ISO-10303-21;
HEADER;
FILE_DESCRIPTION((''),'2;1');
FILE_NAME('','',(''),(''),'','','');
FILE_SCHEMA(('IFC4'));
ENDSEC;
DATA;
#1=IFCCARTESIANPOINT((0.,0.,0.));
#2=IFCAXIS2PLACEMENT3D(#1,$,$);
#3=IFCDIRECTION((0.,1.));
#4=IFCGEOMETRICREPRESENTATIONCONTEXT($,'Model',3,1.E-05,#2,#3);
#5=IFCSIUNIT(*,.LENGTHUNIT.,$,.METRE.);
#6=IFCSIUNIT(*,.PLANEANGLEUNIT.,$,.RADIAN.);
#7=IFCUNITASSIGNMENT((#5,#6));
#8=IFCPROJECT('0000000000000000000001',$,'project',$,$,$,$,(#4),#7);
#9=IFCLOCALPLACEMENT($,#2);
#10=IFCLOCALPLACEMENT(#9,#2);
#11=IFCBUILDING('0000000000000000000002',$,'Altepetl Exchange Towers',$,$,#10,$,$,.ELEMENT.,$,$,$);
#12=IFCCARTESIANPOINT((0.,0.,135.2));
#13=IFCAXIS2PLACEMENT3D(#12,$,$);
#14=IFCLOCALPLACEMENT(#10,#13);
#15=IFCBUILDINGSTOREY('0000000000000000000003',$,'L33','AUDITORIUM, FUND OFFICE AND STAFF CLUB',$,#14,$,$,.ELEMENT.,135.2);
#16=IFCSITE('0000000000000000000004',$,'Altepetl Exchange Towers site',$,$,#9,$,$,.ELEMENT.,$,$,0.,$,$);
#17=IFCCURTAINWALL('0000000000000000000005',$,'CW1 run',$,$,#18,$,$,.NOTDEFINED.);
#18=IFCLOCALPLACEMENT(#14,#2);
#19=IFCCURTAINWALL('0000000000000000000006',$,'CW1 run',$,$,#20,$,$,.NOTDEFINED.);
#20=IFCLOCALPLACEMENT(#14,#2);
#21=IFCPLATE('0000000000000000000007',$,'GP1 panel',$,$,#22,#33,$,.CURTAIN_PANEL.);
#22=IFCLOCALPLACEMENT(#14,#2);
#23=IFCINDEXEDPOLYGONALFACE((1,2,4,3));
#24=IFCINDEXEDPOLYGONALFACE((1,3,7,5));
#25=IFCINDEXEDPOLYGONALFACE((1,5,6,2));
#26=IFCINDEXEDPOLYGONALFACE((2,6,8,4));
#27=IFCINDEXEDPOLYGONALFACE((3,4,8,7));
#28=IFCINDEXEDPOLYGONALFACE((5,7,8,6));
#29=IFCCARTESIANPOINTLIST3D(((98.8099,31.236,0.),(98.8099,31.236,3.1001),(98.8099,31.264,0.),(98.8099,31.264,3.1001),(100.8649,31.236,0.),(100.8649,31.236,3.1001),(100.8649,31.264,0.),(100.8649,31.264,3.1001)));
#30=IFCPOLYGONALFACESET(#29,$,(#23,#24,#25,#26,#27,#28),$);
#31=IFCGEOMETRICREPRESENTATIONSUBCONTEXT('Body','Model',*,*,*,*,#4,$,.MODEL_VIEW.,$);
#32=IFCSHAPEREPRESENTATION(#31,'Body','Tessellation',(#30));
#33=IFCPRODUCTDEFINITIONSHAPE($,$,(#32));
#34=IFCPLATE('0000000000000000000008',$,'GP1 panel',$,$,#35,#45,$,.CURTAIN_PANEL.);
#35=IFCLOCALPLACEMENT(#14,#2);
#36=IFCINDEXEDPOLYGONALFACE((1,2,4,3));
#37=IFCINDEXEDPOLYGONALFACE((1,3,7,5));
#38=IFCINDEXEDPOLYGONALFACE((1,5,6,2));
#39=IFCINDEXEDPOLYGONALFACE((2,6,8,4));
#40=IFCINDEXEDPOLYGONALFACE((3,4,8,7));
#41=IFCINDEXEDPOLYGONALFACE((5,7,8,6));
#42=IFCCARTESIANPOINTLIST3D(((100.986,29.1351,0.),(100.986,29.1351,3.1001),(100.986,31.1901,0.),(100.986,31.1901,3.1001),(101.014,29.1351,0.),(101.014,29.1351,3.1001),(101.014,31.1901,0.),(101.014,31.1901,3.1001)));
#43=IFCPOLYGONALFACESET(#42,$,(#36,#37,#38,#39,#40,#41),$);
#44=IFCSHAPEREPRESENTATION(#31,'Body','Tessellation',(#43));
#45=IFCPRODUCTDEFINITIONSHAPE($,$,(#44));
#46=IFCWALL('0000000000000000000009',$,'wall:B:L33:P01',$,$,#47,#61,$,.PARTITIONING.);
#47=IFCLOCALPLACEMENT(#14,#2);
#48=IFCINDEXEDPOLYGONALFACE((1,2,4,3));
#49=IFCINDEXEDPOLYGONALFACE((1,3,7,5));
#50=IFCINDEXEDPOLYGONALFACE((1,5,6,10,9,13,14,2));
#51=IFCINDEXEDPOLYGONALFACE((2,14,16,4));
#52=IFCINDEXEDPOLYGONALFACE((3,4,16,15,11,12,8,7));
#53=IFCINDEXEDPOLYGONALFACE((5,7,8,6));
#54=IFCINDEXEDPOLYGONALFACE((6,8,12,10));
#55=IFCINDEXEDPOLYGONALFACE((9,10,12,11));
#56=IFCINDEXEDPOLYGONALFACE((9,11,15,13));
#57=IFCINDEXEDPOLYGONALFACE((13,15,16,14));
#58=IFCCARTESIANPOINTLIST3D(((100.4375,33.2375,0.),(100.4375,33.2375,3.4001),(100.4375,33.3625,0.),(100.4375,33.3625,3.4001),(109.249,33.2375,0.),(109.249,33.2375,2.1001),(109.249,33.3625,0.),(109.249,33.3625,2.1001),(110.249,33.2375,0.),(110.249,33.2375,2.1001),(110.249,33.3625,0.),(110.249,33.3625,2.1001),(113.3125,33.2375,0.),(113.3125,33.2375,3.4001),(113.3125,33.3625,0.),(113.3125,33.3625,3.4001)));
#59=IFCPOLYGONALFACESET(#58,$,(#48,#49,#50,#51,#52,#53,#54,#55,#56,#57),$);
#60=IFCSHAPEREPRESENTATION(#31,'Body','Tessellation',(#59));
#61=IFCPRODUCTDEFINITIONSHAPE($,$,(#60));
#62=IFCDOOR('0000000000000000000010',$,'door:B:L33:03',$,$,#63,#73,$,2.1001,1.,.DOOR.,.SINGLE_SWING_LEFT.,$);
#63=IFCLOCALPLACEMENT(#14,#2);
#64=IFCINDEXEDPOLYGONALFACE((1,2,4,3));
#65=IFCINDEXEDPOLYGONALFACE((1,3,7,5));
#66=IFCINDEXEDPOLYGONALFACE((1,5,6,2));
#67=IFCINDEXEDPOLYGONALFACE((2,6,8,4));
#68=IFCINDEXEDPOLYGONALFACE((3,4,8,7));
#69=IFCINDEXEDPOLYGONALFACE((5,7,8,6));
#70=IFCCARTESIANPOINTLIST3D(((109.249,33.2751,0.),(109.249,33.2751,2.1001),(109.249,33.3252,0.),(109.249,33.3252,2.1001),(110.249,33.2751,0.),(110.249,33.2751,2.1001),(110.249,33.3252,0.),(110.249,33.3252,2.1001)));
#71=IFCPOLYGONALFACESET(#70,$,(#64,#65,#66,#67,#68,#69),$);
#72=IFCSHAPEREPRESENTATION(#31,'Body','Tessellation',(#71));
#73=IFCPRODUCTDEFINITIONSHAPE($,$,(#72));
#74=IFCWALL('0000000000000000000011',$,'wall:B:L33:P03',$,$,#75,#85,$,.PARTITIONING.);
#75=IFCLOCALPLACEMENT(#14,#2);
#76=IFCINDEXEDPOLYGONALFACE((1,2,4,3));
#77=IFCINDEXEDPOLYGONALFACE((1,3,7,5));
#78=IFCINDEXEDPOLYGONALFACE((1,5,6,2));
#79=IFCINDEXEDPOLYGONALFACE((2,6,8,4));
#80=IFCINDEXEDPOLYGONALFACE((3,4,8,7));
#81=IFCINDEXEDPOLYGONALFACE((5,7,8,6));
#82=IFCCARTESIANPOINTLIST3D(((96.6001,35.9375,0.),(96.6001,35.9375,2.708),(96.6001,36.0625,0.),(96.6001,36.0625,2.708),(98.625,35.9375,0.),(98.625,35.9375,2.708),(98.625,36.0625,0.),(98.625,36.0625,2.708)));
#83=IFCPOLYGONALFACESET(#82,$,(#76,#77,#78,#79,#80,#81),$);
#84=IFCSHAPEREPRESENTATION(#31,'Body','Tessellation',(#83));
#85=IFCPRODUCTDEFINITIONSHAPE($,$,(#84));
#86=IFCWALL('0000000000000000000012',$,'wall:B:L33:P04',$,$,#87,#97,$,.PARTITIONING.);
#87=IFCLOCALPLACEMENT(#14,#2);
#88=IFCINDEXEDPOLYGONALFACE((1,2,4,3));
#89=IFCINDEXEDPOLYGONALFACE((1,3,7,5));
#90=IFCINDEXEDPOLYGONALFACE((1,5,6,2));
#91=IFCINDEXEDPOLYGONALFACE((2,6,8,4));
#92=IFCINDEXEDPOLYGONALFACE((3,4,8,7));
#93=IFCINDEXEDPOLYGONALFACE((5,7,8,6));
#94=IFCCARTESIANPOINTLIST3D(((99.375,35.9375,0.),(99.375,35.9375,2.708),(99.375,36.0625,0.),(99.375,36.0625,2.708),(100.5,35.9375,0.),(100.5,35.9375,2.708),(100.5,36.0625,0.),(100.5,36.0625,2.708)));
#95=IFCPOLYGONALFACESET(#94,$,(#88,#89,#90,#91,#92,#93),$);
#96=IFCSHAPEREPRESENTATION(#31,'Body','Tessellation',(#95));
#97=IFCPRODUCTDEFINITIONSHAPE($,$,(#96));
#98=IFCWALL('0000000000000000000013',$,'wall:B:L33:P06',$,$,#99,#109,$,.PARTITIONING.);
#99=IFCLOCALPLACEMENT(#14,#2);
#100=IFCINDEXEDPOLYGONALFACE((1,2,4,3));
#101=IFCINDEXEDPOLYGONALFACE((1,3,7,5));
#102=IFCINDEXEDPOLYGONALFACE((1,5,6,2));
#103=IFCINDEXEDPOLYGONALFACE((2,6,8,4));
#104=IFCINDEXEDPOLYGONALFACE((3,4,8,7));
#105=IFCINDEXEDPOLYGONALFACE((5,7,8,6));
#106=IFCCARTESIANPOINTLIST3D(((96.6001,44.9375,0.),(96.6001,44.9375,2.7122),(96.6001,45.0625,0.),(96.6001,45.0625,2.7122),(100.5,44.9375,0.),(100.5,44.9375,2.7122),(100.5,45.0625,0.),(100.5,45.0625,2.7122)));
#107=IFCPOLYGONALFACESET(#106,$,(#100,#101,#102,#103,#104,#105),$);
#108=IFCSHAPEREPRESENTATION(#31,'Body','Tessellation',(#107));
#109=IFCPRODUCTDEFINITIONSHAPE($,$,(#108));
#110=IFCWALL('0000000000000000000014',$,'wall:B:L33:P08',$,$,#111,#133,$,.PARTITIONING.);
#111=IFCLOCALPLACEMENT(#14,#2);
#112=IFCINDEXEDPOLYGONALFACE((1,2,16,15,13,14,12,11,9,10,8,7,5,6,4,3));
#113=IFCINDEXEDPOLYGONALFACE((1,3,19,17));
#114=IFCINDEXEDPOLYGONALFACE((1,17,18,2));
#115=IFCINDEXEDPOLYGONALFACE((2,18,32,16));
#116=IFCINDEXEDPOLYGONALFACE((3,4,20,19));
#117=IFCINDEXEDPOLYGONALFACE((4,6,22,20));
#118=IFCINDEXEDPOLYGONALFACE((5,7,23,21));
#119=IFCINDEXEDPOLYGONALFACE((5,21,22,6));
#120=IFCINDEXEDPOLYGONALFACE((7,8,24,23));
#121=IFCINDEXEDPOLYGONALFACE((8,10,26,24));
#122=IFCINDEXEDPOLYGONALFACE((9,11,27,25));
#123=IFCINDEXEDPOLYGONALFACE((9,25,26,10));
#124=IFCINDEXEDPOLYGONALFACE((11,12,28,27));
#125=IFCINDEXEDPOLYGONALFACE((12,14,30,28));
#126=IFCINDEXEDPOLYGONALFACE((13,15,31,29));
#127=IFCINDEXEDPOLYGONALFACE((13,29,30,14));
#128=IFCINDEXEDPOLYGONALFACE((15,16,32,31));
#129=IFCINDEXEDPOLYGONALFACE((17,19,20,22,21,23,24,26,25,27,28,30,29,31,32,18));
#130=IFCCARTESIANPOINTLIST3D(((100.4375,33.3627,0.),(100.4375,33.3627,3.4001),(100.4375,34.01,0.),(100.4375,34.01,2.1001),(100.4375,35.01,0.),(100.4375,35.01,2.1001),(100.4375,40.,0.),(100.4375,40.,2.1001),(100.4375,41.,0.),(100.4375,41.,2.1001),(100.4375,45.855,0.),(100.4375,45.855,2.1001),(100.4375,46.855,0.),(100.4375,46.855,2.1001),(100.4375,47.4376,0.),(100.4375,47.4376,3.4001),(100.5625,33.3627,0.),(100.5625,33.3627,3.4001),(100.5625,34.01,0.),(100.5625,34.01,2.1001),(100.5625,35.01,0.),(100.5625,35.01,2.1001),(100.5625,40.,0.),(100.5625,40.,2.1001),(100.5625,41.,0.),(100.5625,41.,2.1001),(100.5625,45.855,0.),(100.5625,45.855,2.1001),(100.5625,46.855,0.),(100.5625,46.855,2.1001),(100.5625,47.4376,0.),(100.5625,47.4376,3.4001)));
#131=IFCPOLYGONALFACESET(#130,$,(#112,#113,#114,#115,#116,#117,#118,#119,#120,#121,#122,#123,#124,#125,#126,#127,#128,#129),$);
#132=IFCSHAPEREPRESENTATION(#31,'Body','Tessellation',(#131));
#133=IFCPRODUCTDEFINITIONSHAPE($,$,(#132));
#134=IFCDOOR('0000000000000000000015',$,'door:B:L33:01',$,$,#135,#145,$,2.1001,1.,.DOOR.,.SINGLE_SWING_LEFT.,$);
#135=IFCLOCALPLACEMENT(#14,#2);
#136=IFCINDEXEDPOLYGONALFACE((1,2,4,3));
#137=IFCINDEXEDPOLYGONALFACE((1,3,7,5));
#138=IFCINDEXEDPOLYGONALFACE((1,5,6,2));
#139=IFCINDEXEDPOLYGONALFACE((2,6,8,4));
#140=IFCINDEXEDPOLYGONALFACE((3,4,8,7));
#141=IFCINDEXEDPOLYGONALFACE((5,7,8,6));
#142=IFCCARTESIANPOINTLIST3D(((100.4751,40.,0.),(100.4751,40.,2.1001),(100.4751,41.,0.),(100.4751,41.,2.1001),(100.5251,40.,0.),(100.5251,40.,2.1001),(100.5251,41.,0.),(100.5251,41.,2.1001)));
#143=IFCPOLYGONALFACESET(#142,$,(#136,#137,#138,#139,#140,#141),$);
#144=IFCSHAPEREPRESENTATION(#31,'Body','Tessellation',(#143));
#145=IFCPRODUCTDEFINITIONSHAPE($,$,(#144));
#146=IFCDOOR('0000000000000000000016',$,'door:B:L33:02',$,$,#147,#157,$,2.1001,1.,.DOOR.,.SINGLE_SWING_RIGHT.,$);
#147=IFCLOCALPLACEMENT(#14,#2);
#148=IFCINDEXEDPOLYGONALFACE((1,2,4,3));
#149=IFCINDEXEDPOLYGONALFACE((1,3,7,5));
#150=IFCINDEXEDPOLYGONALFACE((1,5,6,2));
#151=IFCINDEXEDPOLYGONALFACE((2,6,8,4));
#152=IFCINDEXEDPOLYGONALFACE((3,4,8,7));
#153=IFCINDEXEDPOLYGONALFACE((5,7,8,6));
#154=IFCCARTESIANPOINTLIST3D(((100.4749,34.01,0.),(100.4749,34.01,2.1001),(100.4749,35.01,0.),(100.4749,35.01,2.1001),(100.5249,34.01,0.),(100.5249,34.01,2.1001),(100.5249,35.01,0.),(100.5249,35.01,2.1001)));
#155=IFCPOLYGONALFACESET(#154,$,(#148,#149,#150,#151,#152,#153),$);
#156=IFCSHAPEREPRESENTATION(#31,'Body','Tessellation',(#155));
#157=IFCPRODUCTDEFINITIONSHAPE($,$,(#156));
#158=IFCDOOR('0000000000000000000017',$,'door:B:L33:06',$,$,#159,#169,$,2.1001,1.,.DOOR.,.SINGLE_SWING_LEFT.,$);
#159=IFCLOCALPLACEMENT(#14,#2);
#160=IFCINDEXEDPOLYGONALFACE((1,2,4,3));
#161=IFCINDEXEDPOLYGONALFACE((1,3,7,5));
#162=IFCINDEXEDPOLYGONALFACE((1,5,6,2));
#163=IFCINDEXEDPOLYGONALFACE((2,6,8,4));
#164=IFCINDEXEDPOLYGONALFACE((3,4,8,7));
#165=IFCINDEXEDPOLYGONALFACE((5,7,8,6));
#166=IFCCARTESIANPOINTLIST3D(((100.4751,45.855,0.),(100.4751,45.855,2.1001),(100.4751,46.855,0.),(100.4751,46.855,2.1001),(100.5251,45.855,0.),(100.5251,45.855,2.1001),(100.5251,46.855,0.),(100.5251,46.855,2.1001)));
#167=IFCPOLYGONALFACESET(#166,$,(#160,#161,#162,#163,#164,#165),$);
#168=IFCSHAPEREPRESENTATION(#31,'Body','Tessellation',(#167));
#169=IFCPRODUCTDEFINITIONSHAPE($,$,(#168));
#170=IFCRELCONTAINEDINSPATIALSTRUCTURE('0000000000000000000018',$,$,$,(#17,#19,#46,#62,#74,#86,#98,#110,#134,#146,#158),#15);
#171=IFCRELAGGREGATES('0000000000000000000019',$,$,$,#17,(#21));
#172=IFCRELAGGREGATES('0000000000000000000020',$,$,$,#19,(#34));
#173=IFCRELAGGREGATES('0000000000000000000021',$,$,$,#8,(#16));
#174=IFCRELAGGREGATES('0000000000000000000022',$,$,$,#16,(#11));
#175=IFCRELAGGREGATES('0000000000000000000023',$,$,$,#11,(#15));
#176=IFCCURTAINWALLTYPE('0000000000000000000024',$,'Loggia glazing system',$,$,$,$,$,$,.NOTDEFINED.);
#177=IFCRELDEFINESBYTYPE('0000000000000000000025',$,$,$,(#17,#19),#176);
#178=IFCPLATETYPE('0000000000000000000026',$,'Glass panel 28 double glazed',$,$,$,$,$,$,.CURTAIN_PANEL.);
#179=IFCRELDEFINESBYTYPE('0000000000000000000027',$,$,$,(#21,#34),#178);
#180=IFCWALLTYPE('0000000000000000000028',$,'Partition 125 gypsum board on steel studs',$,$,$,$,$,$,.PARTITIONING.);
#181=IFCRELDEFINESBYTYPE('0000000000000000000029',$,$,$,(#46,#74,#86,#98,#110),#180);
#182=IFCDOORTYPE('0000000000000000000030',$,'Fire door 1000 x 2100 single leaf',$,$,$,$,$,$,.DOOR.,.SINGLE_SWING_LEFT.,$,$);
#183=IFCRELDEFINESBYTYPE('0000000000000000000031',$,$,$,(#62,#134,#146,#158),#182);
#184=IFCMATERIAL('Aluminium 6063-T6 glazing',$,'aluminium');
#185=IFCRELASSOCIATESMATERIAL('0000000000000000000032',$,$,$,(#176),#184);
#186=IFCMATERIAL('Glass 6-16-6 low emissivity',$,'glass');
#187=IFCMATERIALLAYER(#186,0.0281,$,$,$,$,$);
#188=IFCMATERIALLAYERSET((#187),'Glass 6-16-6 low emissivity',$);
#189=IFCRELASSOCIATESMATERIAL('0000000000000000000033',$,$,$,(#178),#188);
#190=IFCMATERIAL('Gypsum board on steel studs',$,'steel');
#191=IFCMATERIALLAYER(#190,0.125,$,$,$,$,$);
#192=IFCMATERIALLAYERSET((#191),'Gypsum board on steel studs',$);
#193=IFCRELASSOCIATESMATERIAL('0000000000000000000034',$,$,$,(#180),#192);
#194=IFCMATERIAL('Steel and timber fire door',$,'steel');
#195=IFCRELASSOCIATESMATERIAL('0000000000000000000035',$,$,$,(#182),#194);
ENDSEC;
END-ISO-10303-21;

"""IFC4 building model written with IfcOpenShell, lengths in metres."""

from ifc_helpers import new_model, si_unit, direction, frame, frame_2d, origin, origin_2d, place, context, subcontext, project, spatial, rectangle, extrude, material, layer, layer_set, type_object, element, fill, aggregate, save


model = new_model("IFC4")

# Units and contexts
model_context = context("Model", 3, precision=1e-05, world=origin(), true_north=direction((0.0, 1.0)))
body_context = subcontext(model_context, "Body", "Model", "MODEL_VIEW")
ifc_project = project(units=[si_unit("LENGTHUNIT", "METRE"), si_unit("PLANEANGLEUNIT", "RADIAN")], contexts=[model_context])

# Site, building, storey
site_placement = place(None, origin())
site = spatial("IfcSite", under=ifc_project, at=site_placement, Name="Altepetl Exchange Towers site", CompositionType="ELEMENT", RefElevation=0.0)
building_placement = place(site_placement, origin())
building = spatial("IfcBuilding", under=site, at=building_placement, Name="Altepetl Exchange Towers", CompositionType="ELEMENT")
storey_placement = place(building_placement, frame((0.0, 0.0, 135.2)))
storey = spatial("IfcBuildingStorey", under=building, at=storey_placement, Name="L33", Description="AUDITORIUM, FUND OFFICE AND STAFF CLUB", CompositionType="ELEMENT", Elevation=135.2)

# Curtain walls
ifc_material_1 = material(Name="Aluminium 6063-T6 glazing", Category="aluminium")
curtain_wall_type = type_object("IfcCurtainWallType", Name="Loggia glazing system", PredefinedType="NOTDEFINED", material=ifc_material_1)
curtain_wall_1_placement = place(storey_placement, origin())
curtain_wall_1 = element("IfcCurtainWall", 1, at=curtain_wall_1_placement, inside=storey, type_object=curtain_wall_type, Name="CW1 run", PredefinedType="NOTDEFINED")
curtain_wall_2_placement = place(storey_placement, origin())
curtain_wall_2 = element("IfcCurtainWall", 2, at=curtain_wall_2_placement, inside=storey, type_object=curtain_wall_type, Name="CW1 run", PredefinedType="NOTDEFINED")

# Plates
ifc_material_2 = material(Name="Glass 6-16-6 low emissivity", Category="glass")
ifc_layer_1 = layer(ifc_material_2, 0.0281)
ifc_layer_set_1 = layer_set([ifc_layer_1], Name="Glass 6-16-6 low emissivity")
plate_type = type_object("IfcPlateType", Name="Glass panel 28 double glazed", PredefinedType="CURTAIN_PANEL", material=ifc_layer_set_1)
plate_1_placement = place(storey_placement, frame((99.8374, 31.25, 0.0)))
plate_1 = element("IfcPlate", 3, at=plate_1_placement, type_object=plate_type, Name="GP1 panel", PredefinedType="CURTAIN_PANEL", context=body_context, shape_type="SweptSolid", body=[
    extrude(rectangle(XDim=2.0549, YDim=0.0281, at=origin_2d()), origin(), (0.0, 0.0, 1.0), 3.1001),
])
aggregate(curtain_wall_1, [plate_1])
plate_2_placement = place(storey_placement, frame((101.0, 30.1626, 0.0), z_axis=(0.0, 0.0, 1.0), x_axis=(0.0, -1.0, 0.0)))
plate_2 = element("IfcPlate", 4, at=plate_2_placement, type_object=plate_type, Name="GP1 panel", PredefinedType="CURTAIN_PANEL", context=body_context, shape_type="SweptSolid", body=[
    extrude(rectangle(XDim=2.0549, YDim=0.0281, at=origin_2d()), origin(), (0.0, 0.0, 1.0), 3.1001),
])
aggregate(curtain_wall_2, [plate_2])

# Wall, opening, door
ifc_material_3 = material(Name="Gypsum board on steel studs", Category="steel")
ifc_layer_2 = layer(ifc_material_3, 0.125)
ifc_layer_set_2 = layer_set([ifc_layer_2], Name="Gypsum board on steel studs")
wall_type = type_object("IfcWallType", Name="Partition 125 gypsum board on steel studs", PredefinedType="PARTITIONING", material=ifc_layer_set_2)
wall_1_placement = place(storey_placement, frame((100.4375, 33.3, 0.0)))
wall_1 = element("IfcWall", 5, at=wall_1_placement, inside=storey, type_object=wall_type, Name="wall:B:L33:P01", PredefinedType="PARTITIONING", context=body_context, shape_type="SweptSolid", body=[
    extrude(rectangle(XDim=12.875, YDim=0.125, at=frame_2d((6.4375, 0.0))), origin(), (0.0, 0.0, 1.0), 3.4001),
])
opening_1_placement = place(wall_1_placement, frame((8.8115, 0.0, 0.0)))
opening_1 = element("IfcOpeningElement", 6, at=opening_1_placement, cuts=wall_1, PredefinedType="OPENING", context=body_context, shape_type="SweptSolid", body=[
    extrude(rectangle(XDim=1.0, YDim=2.1001, at=frame_2d((0.5, 1.05))), frame((0.0, 0.0725, 0.0), z_axis=(0.0, -1.0, 0.0), x_axis=(1.0, 0.0, 0.0)), (0.0, 0.0, 1.0), 0.145),
])
ifc_material_4 = material(Name="Steel and timber fire door", Category="steel")
door_type = type_object("IfcDoorType", Name="Fire door 1000 x 2100 single leaf", OperationType="SINGLE_SWING_LEFT", PredefinedType="DOOR", material=ifc_material_4)
door_1_placement = place(opening_1_placement, frame((1.0, 0.0, 0.0), x_axis=(-1.0, 0.0, 0.0)))
door_1 = element("IfcDoor", 7, at=door_1_placement, inside=storey, type_object=door_type, Name="door:B:L33:03", OperationType="SINGLE_SWING_LEFT", OverallHeight=2.1001, OverallWidth=1.0, PredefinedType="DOOR", context=body_context, shape_type="SweptSolid", body=[
    extrude(rectangle(XDim=1.0, YDim=2.1001, at=frame_2d((0.5, 1.05))), frame((0.0, 0.0249, 0.0), z_axis=(0.0, -1.0, 0.0), x_axis=(1.0, 0.0, 0.0)), (0.0, 0.0, 1.0), 0.05),
])
fill(opening_1, door_1)

# Walls
wall_2_placement = place(storey_placement, frame((96.6001, 36.0, 0.0)))
element("IfcWall", 8, at=wall_2_placement, inside=storey, type_object=wall_type, Name="wall:B:L33:P03", PredefinedType="PARTITIONING", context=body_context, shape_type="SweptSolid", body=[
    extrude(rectangle(XDim=2.0249, YDim=0.125, at=frame_2d((1.0125, 0.0))), origin(), (0.0, 0.0, 1.0), 2.708),
])
wall_3_placement = place(storey_placement, frame((99.375, 36.0, 0.0)))
element("IfcWall", 9, at=wall_3_placement, inside=storey, type_object=wall_type, Name="wall:B:L33:P04", PredefinedType="PARTITIONING", context=body_context, shape_type="SweptSolid", body=[
    extrude(rectangle(XDim=1.125, YDim=0.125, at=frame_2d((0.5625, 0.0))), origin(), (0.0, 0.0, 1.0), 2.708),
])
wall_4_placement = place(storey_placement, frame((96.6001, 45.0, 0.0)))
element("IfcWall", 10, at=wall_4_placement, inside=storey, type_object=wall_type, Name="wall:B:L33:P06", PredefinedType="PARTITIONING", context=body_context, shape_type="SweptSolid", body=[
    extrude(rectangle(XDim=3.8999, YDim=0.125, at=frame_2d((1.95, 0.0))), origin(), (0.0, 0.0, 1.0), 2.7122),
])

# Wall, openings, doors
wall_5_placement = place(storey_placement, frame((100.5, 33.3625, 0.0), z_axis=(0.0, 0.0, 1.0), x_axis=(0.0, 1.0, 0.0)))
wall_5 = element("IfcWall", 11, at=wall_5_placement, inside=storey, type_object=wall_type, Name="wall:B:L33:P08", PredefinedType="PARTITIONING", context=body_context, shape_type="SweptSolid", body=[
    extrude(rectangle(XDim=14.075, YDim=0.125, at=frame_2d((7.0376, 0.0))), origin(), (0.0, 0.0, 1.0), 3.4001),
])
opening_2_placement = place(wall_5_placement, frame((6.6375, 0.0, 0.0)))
opening_2 = element("IfcOpeningElement", 12, at=opening_2_placement, cuts=wall_5, PredefinedType="OPENING", context=body_context, shape_type="SweptSolid", body=[
    extrude(rectangle(XDim=1.0, YDim=2.1001, at=frame_2d((0.5, 1.05))), frame((0.0, 0.0725, 0.0), z_axis=(0.0, -1.0, 0.0), x_axis=(1.0, 0.0, 0.0)), (0.0, 0.0, 1.0), 0.145),
])
opening_3_placement = place(wall_5_placement, frame((0.6475, 0.0, 0.0)))
opening_3 = element("IfcOpeningElement", 13, at=opening_3_placement, cuts=wall_5, PredefinedType="OPENING", context=body_context, shape_type="SweptSolid", body=[
    extrude(rectangle(XDim=1.0, YDim=2.1001, at=frame_2d((0.5, 1.05))), frame((0.0, 0.0725, 0.0), z_axis=(0.0, -1.0, 0.0), x_axis=(1.0, 0.0, 0.0)), (0.0, 0.0, 1.0), 0.145),
])
opening_4_placement = place(wall_5_placement, frame((12.4924, 0.0, 0.0)))
opening_4 = element("IfcOpeningElement", 14, at=opening_4_placement, cuts=wall_5, PredefinedType="OPENING", context=body_context, shape_type="SweptSolid", body=[
    extrude(rectangle(XDim=1.0, YDim=2.1001, at=frame_2d((0.5, 1.05))), frame((0.0, 0.0725, 0.0), z_axis=(0.0, -1.0, 0.0), x_axis=(1.0, 0.0, 0.0)), (0.0, 0.0, 1.0), 0.145),
])
door_2_placement = place(opening_2_placement, origin())
door_2 = element("IfcDoor", 15, at=door_2_placement, inside=storey, type_object=door_type, Name="door:B:L33:01", OperationType="SINGLE_SWING_LEFT", OverallHeight=2.1001, OverallWidth=1.0, PredefinedType="DOOR", context=body_context, shape_type="SweptSolid", body=[
    extrude(rectangle(XDim=1.0, YDim=2.1001, at=frame_2d((0.5, 1.05))), frame((0.0, 0.0249, 0.0), z_axis=(0.0, -1.0, 0.0), x_axis=(1.0, 0.0, 0.0)), (0.0, 0.0, 1.0), 0.05),
])
fill(opening_2, door_2)
door_3_placement = place(opening_3_placement, frame((1.0, 0.0, 0.0), x_axis=(-1.0, 0.0, 0.0)))
door_3 = element("IfcDoor", 16, at=door_3_placement, inside=storey, type_object=door_type, Name="door:B:L33:02", OperationType="SINGLE_SWING_RIGHT", OverallHeight=2.1001, OverallWidth=1.0, PredefinedType="DOOR", context=body_context, shape_type="SweptSolid", body=[
    extrude(rectangle(XDim=1.0, YDim=2.1001, at=frame_2d((0.5, 1.05))), frame((0.0, 0.0249, 0.0), z_axis=(0.0, -1.0, 0.0), x_axis=(1.0, 0.0, 0.0)), (0.0, 0.0, 1.0), 0.05),
])
fill(opening_3, door_3)
door_4_placement = place(opening_4_placement, origin())
door_4 = element("IfcDoor", 17, at=door_4_placement, inside=storey, type_object=door_type, Name="door:B:L33:06", OperationType="SINGLE_SWING_LEFT", OverallHeight=2.1001, OverallWidth=1.0, PredefinedType="DOOR", context=body_context, shape_type="SweptSolid", body=[
    extrude(rectangle(XDim=1.0, YDim=2.1001, at=frame_2d((0.5, 1.05))), frame((0.0, 0.0249, 0.0), z_axis=(0.0, -1.0, 0.0), x_axis=(1.0, 0.0, 0.0)), (0.0, 0.0, 1.0), 0.05),
])
fill(opening_4, door_4)

save(model, "model.ifc")
